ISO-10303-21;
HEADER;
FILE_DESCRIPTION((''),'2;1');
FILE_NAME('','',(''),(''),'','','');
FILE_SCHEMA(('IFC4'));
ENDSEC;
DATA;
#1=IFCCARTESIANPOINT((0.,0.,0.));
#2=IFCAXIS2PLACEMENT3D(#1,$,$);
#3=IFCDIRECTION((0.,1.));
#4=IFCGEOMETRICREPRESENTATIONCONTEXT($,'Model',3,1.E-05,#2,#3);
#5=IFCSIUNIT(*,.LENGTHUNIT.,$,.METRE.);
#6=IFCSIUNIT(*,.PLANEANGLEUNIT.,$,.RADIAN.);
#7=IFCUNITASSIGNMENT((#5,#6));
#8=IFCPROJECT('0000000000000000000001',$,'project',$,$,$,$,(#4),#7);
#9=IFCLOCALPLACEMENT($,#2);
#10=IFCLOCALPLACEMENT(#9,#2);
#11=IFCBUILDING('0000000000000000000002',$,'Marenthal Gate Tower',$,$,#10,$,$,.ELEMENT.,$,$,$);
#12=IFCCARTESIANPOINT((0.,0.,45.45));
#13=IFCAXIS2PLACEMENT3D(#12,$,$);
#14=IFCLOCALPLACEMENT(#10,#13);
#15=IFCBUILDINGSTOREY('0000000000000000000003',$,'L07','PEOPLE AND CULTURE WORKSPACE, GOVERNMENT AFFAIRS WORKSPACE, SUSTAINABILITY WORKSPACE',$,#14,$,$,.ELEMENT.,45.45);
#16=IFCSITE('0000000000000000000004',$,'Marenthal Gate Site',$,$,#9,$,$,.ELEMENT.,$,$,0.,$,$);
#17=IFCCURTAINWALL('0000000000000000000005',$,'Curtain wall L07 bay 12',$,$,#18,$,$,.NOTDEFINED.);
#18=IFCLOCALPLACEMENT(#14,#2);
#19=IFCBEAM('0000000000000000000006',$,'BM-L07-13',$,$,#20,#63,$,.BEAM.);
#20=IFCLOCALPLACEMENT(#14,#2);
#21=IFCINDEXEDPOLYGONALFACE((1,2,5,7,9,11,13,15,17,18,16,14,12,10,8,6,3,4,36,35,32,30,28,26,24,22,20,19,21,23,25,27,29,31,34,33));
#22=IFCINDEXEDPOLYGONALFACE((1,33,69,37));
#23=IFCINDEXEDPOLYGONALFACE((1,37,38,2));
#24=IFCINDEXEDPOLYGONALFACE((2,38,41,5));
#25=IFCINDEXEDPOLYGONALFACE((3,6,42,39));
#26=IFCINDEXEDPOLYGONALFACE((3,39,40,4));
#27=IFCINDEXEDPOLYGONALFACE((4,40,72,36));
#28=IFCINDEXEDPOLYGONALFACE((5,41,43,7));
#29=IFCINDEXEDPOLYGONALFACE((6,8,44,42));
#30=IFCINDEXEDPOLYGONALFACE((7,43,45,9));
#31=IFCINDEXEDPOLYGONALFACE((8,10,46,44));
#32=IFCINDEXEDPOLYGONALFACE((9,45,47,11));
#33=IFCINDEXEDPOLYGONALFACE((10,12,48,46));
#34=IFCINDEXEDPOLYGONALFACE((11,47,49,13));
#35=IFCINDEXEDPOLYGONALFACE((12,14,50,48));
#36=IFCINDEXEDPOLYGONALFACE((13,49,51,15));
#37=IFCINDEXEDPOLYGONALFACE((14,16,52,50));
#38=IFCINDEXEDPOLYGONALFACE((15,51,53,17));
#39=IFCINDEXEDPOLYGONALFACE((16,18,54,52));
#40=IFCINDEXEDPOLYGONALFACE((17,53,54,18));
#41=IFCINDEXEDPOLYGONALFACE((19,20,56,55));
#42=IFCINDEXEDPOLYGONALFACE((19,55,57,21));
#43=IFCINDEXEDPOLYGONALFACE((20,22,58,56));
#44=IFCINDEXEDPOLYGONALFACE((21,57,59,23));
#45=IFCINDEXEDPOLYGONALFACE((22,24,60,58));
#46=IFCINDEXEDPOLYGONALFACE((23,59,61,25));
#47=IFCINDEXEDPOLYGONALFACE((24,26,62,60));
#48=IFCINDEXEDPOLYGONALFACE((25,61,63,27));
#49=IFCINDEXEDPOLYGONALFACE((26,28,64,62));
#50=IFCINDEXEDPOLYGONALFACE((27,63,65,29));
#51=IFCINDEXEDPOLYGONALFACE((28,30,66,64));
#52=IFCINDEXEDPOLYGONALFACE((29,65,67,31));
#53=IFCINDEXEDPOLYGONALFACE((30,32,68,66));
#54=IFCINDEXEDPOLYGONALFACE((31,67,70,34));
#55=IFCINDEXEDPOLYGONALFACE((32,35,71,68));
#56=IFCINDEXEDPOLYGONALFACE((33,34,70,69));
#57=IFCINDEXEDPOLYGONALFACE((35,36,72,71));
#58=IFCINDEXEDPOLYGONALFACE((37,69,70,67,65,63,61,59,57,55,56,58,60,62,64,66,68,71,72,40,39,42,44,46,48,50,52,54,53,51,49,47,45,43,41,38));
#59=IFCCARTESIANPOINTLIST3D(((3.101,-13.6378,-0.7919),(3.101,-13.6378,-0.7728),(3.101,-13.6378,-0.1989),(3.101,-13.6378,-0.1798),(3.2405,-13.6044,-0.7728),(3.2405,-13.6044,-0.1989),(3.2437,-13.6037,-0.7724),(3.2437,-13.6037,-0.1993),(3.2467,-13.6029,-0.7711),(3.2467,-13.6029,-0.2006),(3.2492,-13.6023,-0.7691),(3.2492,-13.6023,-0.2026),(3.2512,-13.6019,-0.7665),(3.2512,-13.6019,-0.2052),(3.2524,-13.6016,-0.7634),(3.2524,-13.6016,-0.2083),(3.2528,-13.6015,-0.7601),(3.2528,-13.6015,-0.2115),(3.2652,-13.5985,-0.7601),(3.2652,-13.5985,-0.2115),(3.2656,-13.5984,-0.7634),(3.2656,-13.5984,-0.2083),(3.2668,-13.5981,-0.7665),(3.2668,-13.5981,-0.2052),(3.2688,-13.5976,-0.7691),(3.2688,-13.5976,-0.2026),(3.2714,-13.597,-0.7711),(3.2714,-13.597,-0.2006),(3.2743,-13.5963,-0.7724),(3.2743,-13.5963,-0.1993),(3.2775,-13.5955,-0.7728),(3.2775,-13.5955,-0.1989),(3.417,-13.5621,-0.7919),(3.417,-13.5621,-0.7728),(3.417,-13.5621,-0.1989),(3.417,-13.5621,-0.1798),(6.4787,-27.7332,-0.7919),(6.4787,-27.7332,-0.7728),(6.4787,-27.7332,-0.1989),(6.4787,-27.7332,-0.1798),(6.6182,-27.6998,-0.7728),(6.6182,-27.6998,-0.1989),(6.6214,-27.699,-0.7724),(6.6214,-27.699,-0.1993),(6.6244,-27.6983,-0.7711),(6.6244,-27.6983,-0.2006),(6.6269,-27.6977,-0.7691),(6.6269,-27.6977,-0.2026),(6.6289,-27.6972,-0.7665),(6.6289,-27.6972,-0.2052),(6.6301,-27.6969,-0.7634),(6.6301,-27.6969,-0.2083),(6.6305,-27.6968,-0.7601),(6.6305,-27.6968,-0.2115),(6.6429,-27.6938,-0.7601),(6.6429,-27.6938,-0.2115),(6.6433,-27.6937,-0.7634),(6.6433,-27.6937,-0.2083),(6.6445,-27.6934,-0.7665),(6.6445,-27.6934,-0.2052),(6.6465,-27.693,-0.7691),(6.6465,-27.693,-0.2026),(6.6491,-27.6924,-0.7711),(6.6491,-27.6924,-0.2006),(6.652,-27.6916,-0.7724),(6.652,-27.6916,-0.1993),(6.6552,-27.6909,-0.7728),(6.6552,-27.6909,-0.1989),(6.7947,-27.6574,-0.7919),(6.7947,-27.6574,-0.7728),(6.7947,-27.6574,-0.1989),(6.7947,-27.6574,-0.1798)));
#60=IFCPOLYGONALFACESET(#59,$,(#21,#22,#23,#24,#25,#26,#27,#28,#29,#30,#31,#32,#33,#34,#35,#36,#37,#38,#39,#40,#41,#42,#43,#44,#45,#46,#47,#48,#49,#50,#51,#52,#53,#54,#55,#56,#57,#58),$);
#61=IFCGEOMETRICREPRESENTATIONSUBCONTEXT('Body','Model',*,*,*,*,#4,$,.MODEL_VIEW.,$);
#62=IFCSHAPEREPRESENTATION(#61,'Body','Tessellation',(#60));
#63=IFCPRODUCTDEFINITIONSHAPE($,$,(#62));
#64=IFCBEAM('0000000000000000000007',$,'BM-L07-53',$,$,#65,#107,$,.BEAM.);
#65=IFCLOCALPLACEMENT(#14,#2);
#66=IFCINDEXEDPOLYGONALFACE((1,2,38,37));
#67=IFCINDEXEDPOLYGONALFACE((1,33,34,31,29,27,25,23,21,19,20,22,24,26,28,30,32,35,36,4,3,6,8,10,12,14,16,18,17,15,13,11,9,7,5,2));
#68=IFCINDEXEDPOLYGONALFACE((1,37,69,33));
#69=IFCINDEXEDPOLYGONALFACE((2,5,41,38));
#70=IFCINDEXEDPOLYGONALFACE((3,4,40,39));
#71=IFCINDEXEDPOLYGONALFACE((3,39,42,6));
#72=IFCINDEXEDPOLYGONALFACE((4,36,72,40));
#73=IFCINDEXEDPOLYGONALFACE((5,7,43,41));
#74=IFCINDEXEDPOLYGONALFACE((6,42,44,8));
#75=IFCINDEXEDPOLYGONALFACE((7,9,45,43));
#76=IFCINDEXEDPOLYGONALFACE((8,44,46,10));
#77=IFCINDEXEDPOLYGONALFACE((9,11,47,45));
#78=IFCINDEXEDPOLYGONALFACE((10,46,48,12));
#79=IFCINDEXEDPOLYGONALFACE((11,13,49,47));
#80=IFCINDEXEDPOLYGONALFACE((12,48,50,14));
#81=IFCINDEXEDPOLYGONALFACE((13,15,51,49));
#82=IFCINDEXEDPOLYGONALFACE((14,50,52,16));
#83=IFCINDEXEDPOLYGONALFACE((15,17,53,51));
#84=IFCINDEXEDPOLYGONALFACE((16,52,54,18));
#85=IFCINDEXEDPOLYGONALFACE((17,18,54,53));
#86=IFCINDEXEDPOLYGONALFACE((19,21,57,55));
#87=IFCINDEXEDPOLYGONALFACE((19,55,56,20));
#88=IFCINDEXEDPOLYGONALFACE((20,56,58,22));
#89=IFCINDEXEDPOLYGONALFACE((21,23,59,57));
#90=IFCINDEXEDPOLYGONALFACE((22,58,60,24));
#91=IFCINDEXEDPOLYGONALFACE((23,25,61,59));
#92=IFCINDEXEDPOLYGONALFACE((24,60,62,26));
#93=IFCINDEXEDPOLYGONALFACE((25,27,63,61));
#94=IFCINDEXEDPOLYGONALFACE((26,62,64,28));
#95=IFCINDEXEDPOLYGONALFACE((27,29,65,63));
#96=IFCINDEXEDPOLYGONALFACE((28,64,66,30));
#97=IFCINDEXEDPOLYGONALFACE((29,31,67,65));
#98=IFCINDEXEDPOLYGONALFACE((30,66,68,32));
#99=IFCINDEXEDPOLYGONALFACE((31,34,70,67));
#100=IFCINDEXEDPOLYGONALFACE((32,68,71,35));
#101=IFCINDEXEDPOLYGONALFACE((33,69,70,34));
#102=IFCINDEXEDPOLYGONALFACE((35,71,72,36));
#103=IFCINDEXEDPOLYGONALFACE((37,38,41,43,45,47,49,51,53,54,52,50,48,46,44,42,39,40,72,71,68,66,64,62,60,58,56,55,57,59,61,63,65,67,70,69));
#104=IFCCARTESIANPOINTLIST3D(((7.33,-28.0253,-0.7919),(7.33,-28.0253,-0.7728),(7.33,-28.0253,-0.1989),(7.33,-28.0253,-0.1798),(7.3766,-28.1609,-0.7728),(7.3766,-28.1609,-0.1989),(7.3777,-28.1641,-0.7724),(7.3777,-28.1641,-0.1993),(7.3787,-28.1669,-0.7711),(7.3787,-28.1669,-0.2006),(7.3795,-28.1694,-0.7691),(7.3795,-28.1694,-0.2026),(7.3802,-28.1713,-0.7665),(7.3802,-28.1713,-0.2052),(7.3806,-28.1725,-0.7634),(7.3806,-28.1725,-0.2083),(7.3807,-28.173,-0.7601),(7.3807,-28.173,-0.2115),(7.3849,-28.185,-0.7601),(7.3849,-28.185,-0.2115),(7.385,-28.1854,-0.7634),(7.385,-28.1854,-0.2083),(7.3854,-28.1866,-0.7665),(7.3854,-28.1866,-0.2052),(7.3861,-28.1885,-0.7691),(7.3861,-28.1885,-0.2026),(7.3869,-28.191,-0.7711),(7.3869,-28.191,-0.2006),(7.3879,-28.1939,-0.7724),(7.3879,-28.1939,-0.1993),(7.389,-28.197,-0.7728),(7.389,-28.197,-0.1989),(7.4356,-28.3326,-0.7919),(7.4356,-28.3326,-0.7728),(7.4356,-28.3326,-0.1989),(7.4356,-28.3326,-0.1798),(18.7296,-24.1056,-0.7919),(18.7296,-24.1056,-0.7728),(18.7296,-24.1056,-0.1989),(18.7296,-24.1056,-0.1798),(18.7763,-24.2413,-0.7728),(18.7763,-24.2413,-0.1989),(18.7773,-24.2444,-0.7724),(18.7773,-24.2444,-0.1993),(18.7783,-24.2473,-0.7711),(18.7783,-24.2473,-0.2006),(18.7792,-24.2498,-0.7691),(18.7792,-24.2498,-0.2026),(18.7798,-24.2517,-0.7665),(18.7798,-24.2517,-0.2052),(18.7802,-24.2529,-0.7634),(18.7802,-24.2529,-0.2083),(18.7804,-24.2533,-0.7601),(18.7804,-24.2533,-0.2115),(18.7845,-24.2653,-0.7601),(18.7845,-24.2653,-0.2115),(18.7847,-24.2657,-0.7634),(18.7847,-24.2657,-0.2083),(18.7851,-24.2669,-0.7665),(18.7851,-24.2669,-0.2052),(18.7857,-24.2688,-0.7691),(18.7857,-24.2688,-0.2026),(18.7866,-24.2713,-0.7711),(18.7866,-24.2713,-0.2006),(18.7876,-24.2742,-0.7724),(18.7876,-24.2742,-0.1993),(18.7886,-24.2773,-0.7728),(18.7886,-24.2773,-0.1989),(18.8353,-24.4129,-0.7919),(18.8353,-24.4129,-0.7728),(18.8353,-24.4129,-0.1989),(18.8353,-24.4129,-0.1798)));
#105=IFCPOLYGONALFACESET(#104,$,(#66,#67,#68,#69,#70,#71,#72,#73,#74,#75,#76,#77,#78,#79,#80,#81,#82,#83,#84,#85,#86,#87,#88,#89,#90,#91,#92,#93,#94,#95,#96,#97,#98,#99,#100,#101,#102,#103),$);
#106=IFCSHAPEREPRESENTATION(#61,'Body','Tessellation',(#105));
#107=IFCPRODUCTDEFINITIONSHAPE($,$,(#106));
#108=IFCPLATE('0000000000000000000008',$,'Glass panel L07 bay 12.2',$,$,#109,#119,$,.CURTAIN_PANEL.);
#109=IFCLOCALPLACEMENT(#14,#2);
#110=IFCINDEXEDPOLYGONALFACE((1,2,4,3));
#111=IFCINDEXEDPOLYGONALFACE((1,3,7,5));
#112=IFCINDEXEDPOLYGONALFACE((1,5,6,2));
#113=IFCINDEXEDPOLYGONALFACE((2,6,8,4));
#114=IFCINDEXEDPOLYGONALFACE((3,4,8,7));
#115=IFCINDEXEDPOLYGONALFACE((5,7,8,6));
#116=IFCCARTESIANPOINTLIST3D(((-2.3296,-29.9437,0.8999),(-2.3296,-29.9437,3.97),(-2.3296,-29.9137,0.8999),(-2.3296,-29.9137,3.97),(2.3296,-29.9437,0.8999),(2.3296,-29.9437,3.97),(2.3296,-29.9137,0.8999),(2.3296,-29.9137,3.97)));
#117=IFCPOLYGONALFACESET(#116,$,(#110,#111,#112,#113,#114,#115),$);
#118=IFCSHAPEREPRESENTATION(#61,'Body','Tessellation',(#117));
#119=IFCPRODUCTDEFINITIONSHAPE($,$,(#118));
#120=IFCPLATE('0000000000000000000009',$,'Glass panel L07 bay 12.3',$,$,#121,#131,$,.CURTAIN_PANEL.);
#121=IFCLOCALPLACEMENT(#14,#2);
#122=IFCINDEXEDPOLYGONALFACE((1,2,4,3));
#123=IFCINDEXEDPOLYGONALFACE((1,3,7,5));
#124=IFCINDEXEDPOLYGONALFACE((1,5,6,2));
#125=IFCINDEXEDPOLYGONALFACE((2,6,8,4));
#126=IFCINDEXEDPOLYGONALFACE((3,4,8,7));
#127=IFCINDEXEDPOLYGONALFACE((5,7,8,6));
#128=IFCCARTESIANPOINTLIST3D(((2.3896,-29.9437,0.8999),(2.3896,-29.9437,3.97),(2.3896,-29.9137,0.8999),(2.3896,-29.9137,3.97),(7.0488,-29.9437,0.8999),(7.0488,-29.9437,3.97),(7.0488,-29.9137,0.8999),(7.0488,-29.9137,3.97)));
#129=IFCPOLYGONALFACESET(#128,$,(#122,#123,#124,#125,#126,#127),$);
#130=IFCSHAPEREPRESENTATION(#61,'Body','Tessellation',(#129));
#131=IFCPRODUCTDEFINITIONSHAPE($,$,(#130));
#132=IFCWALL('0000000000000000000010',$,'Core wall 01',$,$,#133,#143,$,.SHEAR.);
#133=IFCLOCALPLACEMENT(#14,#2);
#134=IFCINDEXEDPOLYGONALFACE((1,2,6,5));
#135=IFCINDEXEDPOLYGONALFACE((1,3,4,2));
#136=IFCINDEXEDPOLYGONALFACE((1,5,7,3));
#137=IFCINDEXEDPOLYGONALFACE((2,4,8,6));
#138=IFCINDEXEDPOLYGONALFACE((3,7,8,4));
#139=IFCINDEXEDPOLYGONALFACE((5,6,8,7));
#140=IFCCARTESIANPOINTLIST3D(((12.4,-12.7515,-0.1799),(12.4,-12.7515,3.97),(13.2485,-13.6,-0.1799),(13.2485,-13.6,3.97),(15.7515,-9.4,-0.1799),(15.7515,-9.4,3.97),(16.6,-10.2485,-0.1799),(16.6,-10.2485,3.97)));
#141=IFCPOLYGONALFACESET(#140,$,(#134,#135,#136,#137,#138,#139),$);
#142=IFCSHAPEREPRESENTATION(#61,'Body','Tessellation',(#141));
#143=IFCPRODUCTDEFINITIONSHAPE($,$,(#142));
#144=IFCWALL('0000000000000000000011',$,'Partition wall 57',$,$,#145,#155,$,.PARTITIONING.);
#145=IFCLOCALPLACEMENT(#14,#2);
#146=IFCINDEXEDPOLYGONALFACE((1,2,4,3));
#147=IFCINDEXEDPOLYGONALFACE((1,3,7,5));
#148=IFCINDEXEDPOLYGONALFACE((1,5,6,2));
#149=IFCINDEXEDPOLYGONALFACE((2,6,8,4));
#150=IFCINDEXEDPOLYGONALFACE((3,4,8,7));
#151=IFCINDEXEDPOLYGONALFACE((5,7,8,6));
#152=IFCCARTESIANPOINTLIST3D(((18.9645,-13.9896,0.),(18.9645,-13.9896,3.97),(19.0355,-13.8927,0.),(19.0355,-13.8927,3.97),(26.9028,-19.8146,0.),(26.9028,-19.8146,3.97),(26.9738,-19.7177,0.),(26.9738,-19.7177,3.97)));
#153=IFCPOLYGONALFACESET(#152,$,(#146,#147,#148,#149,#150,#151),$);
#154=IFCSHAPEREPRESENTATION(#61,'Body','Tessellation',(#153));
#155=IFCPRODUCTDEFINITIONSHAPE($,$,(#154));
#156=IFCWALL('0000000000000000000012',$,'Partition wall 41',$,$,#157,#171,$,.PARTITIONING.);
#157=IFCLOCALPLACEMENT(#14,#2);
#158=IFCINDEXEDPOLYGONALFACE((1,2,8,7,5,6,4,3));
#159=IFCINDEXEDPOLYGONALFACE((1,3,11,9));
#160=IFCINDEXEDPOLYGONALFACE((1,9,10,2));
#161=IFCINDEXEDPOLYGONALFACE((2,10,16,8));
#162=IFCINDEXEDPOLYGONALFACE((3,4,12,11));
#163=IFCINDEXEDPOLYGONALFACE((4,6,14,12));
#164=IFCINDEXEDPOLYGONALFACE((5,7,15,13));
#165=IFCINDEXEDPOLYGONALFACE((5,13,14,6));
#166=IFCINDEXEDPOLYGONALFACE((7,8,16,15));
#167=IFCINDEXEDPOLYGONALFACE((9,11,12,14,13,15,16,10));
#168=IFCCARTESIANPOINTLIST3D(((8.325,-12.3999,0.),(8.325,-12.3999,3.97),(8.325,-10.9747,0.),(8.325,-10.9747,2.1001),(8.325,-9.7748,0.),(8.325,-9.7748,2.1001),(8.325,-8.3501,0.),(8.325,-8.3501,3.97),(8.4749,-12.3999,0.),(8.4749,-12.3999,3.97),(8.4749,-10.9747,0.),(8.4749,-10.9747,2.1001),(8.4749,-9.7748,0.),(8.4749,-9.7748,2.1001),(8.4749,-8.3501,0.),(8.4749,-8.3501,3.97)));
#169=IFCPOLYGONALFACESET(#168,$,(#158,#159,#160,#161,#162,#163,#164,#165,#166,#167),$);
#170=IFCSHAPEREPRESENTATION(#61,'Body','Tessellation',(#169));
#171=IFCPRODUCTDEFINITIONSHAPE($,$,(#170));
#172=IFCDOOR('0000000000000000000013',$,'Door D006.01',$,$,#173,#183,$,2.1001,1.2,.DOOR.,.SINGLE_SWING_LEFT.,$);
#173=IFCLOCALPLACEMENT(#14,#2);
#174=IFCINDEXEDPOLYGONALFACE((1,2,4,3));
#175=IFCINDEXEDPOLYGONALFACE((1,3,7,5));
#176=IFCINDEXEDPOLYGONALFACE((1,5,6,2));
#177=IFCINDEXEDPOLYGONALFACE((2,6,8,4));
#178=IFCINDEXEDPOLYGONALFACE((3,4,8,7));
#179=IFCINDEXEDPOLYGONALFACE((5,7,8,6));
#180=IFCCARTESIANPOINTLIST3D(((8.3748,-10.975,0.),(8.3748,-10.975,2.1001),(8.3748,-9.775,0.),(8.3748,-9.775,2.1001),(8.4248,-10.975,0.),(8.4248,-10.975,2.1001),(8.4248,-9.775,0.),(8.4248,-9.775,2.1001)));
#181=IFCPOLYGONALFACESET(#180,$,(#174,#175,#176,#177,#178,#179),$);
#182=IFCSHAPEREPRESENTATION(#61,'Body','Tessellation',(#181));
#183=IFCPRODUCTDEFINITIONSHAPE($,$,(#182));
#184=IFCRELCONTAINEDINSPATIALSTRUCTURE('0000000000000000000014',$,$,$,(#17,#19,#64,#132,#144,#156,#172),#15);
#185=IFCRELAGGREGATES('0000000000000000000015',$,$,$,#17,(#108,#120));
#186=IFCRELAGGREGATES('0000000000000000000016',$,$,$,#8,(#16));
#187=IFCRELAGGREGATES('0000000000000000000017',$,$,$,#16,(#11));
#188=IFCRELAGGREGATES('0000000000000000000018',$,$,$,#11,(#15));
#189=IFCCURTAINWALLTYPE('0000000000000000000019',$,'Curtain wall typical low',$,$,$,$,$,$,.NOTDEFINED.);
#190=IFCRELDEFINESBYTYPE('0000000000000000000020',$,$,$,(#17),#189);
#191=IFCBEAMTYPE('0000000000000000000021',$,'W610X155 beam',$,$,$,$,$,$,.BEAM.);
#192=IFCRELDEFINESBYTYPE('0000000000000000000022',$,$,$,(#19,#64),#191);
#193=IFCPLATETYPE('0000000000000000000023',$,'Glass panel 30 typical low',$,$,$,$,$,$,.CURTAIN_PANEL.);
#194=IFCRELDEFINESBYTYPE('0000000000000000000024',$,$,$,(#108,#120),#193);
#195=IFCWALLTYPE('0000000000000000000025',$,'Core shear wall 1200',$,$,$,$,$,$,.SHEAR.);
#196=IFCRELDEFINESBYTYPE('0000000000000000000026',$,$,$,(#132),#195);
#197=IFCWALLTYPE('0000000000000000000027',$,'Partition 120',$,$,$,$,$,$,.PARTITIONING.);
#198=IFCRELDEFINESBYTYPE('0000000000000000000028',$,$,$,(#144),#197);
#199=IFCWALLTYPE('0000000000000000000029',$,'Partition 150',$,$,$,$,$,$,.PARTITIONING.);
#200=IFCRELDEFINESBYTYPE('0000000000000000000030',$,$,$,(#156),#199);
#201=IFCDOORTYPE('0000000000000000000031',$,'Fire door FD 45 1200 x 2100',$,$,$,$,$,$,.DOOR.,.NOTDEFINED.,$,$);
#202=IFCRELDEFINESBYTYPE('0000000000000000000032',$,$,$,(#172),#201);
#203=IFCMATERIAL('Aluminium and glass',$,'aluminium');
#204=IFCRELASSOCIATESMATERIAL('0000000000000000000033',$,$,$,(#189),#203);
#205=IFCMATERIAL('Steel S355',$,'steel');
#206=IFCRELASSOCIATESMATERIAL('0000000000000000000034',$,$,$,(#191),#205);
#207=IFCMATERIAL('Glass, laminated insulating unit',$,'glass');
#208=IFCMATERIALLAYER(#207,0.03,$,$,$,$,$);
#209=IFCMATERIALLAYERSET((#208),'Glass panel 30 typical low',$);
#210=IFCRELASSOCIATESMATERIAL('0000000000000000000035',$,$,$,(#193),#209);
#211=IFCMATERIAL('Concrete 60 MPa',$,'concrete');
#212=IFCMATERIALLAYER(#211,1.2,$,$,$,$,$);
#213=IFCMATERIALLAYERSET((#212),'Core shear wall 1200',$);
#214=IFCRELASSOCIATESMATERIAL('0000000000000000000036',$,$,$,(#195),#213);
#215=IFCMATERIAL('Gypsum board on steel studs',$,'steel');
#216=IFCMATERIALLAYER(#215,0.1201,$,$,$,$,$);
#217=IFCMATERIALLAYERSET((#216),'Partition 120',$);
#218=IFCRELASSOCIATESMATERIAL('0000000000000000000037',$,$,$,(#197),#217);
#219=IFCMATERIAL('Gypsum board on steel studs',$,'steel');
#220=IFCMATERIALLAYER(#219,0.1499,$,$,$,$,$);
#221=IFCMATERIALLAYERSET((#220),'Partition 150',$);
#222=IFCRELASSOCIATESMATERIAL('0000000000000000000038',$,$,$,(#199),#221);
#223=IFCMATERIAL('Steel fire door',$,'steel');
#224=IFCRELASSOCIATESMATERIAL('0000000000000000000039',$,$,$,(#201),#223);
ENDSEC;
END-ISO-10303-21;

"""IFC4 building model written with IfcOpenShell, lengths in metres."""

from ifc_helpers import new_model, si_unit, direction, frame, frame_2d, origin, origin_2d, place, context, subcontext, project, spatial, rectangle, i_section, extrude, material, layer, layer_set, material_profile, profile_set, type_object, element, fill, aggregate, save


model = new_model("IFC4")

# Units and contexts
model_context = context("Model", 3, precision=1e-05, world=origin(), true_north=direction((0.0, 1.0)))
body_context = subcontext(model_context, "Body", "Model", "MODEL_VIEW")
ifc_project = project(units=[si_unit("LENGTHUNIT", "METRE"), si_unit("PLANEANGLEUNIT", "RADIAN")], contexts=[model_context])

# Site, building, storey
site_placement = place(None, origin())
site = spatial("IfcSite", under=ifc_project, at=site_placement, Name="Marenthal Gate Site", CompositionType="ELEMENT", RefElevation=0.0)
building_placement = place(site_placement, origin())
building = spatial("IfcBuilding", under=site, at=building_placement, Name="Marenthal Gate Tower", CompositionType="ELEMENT")
storey_placement = place(building_placement, frame((0.0, 0.0, 45.45)))
storey = spatial("IfcBuildingStorey", under=building, at=storey_placement, Name="L07", Description="PEOPLE AND CULTURE WORKSPACE, GOVERNMENT AFFAIRS WORKSPACE, SUSTAINABILITY WORKSPACE", CompositionType="ELEMENT", Elevation=45.45)

# Curtain wall
ifc_material_1 = material(Name="Aluminium and glass", Category="aluminium")
curtain_wall_type = type_object("IfcCurtainWallType", Name="Curtain wall typical low", PredefinedType="NOTDEFINED", material=ifc_material_1)
curtain_wall_placement = place(storey_placement, origin())
curtain_wall = element("IfcCurtainWall", 1, at=curtain_wall_placement, inside=storey, type_object=curtain_wall_type, Name="Curtain wall L07 bay 12", PredefinedType="NOTDEFINED")

# Beams
ifc_material_2 = material(Name="Steel S355", Category="steel")
ifc_material_profile_1 = material_profile(ifc_material_2, i_section(OverallWidth=0.325, OverallDepth=0.6121, WebThickness=0.0127, FlangeThickness=0.019, FilletRadius=0.0127, at=origin_2d()), Name="W610X155")
ifc_profile_set_1 = profile_set([ifc_material_profile_1], Name="Steel S355")
beam_type_1 = type_object("IfcBeamType", Name="W610X155 beam", PredefinedType="BEAM", material=ifc_profile_set_1)
beam_1_placement = place(storey_placement, frame((6.6367, -27.6953, -0.4858), z_axis=(-0.233036, 0.972468, 0.0), x_axis=(-0.972468, -0.233036, 0.0)))
element("IfcBeam", 2, at=beam_1_placement, inside=storey, type_object=beam_type_1, Name="BM-L07-13", PredefinedType="BEAM", context=body_context, shape_type="SweptSolid", body=[
    extrude(i_section(OverallWidth=0.325, OverallDepth=0.6121, WebThickness=0.0127, FlangeThickness=0.019, FilletRadius=0.0127, at=origin_2d()), origin(), (0.0, 0.0, 1.0), 14.4944),
])
beam_2_placement = place(storey_placement, frame((7.3828, -28.179, -0.4858), z_axis=(0.94566, 0.325157, 0.0), x_axis=(-0.325157, 0.94566, 0.0)))
element("IfcBeam", 3, at=beam_2_placement, inside=storey, type_object=beam_type_1, Name="BM-L07-53", PredefinedType="BEAM", context=body_context, shape_type="SweptSolid", body=[
    extrude(i_section(OverallWidth=0.325, OverallDepth=0.6121, WebThickness=0.0127, FlangeThickness=0.019, FilletRadius=0.0127, at=origin_2d()), origin(), (0.0, 0.0, 1.0), 12.0547),
])

# Plates
ifc_material_3 = material(Name="Glass, laminated insulating unit", Category="glass")
ifc_layer_1 = layer(ifc_material_3, 0.03)
ifc_layer_set_1 = layer_set([ifc_layer_1], Name="Glass panel 30 typical low")
plate_type = type_object("IfcPlateType", Name="Glass panel 30 typical low", PredefinedType="CURTAIN_PANEL", material=ifc_layer_set_1)
plate_1_placement = place(storey_placement, frame((0.0, -29.9287, 0.8999), z_axis=(0.0, 0.0, 1.0), x_axis=(1.0, 0.0, 0.0)))
plate_1 = element("IfcPlate", 4, at=plate_1_placement, type_object=plate_type, Name="Glass panel L07 bay 12.2", PredefinedType="CURTAIN_PANEL", context=body_context, shape_type="SweptSolid", body=[
    extrude(rectangle(XDim=4.6592, YDim=0.03, at=origin_2d()), origin(), (0.0, 0.0, 1.0), 3.0701),
])
plate_2_placement = place(storey_placement, frame((4.7192, -29.9287, 0.8999), z_axis=(0.0, 0.0, 1.0), x_axis=(1.0, 0.0, 0.0)))
plate_2 = element("IfcPlate", 5, at=plate_2_placement, type_object=plate_type, Name="Glass panel L07 bay 12.3", PredefinedType="CURTAIN_PANEL", context=body_context, shape_type="SweptSolid", body=[
    extrude(rectangle(XDim=4.6592, YDim=0.03, at=origin_2d()), origin(), (0.0, 0.0, 1.0), 3.0701),
])
aggregate(curtain_wall, [plate_1, plate_2])

# Walls
ifc_material_4 = material(Name="Concrete 60 MPa", Category="concrete")
ifc_layer_2 = layer(ifc_material_4, 1.2)
ifc_layer_set_2 = layer_set([ifc_layer_2], Name="Core shear wall 1200")
wall_type_1 = type_object("IfcWallType", Name="Core shear wall 1200", PredefinedType="SHEAR", material=ifc_layer_set_2)
wall_1_placement = place(storey_placement, frame((12.8242, -13.1758, -0.1799), z_axis=(0.0, 0.0, 1.0), x_axis=(0.707107, 0.707107, 0.0)))
element("IfcWall", 6, at=wall_1_placement, inside=storey, type_object=wall_type_1, Name="Core wall 01", PredefinedType="SHEAR", context=body_context, shape_type="SweptSolid", body=[
    extrude(rectangle(XDim=4.7397, YDim=1.2, at=frame_2d((2.3699, 0.0))), origin(), (0.0, 0.0, 1.0), 4.1499),
])
ifc_material_5 = material(Name="Gypsum board on steel studs", Category="steel")
ifc_layer_3 = layer(ifc_material_5, 0.1201)
ifc_layer_set_3 = layer_set([ifc_layer_3], Name="Partition 120")
wall_type_2 = type_object("IfcWallType", Name="Partition 120", PredefinedType="PARTITIONING", material=ifc_layer_set_3)
wall_2_placement = place(storey_placement, frame((19.0, -13.9412, 0.0), z_axis=(0.0, 0.0, 1.0), x_axis=(0.806232, -0.5916, 0.0)))
element("IfcWall", 7, at=wall_2_placement, inside=storey, type_object=wall_type_2, Name="Partition wall 57", PredefinedType="PARTITIONING", context=body_context, shape_type="SweptSolid", body=[
    extrude(rectangle(XDim=9.8462, YDim=0.1201, at=frame_2d((4.9231, 0.0))), origin(), (0.0, 0.0, 1.0), 3.97),
])

# Wall, opening, door
ifc_material_6 = material(Name="Gypsum board on steel studs", Category="steel")
ifc_layer_4 = layer(ifc_material_6, 0.1499)
ifc_layer_set_4 = layer_set([ifc_layer_4], Name="Partition 150")
wall_type_3 = type_object("IfcWallType", Name="Partition 150", PredefinedType="PARTITIONING", material=ifc_layer_set_4)
wall_3_placement = place(storey_placement, frame((8.3999, -12.3999, 0.0), z_axis=(0.0, 0.0, 1.0), x_axis=(0.0, 1.0, 0.0)))
wall_3 = element("IfcWall", 8, at=wall_3_placement, inside=storey, type_object=wall_type_3, Name="Partition wall 41", PredefinedType="PARTITIONING", context=body_context, shape_type="SweptSolid", body=[
    extrude(rectangle(XDim=4.0498, YDim=0.1499, at=frame_2d((2.0249, 0.0))), origin(), (0.0, 0.0, 1.0), 3.97),
])
opening_1_placement = place(wall_3_placement, frame((1.425, 0.0, 0.0)))
opening_1 = element("IfcOpeningElement", 9, at=opening_1_placement, cuts=wall_3, PredefinedType="OPENING", context=body_context, shape_type="SweptSolid", body=[
    extrude(rectangle(XDim=1.2, YDim=2.1001, at=frame_2d((0.6001, 1.05))), frame((0.0, 0.085, 0.0), z_axis=(0.0, -1.0, 0.0), x_axis=(1.0, 0.0, 0.0)), (0.0, 0.0, 1.0), 0.1699),
])
ifc_material_7 = material(Name="Steel fire door", Category="steel")
door_type_1 = type_object("IfcDoorType", Name="Fire door FD 45 1200 x 2100", OperationType="NOTDEFINED", PredefinedType="DOOR", material=ifc_material_7)
door_1_placement = place(opening_1_placement, frame((1.2, 0.0, 0.0), z_axis=(0.0, 0.0, 1.0), x_axis=(-1.0, 0.0, 0.0)))
door_1 = element("IfcDoor", 10, at=door_1_placement, inside=storey, type_object=door_type_1, Name="Door D006.01", OperationType="SINGLE_SWING_LEFT", OverallHeight=2.1001, OverallWidth=1.2, PredefinedType="DOOR", context=body_context, shape_type="SweptSolid", body=[
    extrude(rectangle(XDim=1.2, YDim=2.1001, at=frame_2d((0.6001, 1.05))), frame((0.0, 0.0249, 0.0), z_axis=(0.0, -1.0, 0.0), x_axis=(1.0, 0.0, 0.0)), (0.0, 0.0, 1.0), 0.05),
])
fill(opening_1, door_1)

save(model, "model.ifc")
